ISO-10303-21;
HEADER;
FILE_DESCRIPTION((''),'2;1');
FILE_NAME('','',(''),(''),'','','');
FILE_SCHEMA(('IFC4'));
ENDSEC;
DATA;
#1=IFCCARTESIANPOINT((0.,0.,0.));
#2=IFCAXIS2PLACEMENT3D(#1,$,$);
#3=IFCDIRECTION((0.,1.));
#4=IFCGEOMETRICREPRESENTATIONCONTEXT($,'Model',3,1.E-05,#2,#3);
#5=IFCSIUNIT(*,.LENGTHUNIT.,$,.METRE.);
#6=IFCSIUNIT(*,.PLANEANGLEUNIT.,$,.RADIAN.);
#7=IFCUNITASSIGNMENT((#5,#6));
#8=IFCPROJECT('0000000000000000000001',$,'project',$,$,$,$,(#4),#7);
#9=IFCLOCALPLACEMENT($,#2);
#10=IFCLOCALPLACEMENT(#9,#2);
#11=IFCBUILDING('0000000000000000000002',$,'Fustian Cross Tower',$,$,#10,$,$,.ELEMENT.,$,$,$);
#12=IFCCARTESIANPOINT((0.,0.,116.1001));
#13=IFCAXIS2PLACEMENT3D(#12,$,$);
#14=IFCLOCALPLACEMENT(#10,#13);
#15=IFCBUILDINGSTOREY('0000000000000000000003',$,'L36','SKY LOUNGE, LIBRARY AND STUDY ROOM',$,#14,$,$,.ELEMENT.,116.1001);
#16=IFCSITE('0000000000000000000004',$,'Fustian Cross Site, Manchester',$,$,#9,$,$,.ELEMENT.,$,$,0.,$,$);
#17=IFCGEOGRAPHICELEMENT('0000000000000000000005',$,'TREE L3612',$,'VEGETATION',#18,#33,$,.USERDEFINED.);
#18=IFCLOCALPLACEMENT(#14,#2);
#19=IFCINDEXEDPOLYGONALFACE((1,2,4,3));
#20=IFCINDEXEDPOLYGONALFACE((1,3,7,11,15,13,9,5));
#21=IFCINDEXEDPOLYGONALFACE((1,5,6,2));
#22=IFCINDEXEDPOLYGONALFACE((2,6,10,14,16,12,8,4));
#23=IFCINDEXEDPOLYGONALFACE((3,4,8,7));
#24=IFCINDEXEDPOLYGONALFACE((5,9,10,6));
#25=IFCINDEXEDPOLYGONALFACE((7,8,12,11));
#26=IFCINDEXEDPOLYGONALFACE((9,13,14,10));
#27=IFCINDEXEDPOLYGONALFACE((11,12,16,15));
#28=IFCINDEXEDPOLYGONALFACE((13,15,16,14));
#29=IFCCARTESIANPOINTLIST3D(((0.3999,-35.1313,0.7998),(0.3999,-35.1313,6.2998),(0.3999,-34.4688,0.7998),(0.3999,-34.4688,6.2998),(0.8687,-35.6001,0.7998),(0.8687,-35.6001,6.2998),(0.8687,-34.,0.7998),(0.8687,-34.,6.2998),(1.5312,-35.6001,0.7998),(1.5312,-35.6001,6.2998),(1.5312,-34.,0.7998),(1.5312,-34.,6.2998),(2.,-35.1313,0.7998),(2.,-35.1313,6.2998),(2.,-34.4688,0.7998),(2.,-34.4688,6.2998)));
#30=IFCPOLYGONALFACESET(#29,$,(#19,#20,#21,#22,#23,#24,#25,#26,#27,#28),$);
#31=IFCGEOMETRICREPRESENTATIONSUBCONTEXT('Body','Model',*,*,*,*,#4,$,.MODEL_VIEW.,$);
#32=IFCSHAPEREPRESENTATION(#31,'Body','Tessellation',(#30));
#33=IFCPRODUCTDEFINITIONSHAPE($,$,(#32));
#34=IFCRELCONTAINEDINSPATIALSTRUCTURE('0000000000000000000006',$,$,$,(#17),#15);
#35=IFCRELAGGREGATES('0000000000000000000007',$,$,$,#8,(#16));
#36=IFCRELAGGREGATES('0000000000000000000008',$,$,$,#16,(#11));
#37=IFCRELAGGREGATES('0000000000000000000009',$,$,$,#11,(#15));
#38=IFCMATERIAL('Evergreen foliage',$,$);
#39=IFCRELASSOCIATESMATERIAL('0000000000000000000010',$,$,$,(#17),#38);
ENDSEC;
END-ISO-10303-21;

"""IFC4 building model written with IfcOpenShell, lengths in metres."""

from ifc_helpers import new_model, si_unit, direction, frame, origin, place, context, subcontext, project, spatial, polyline, outline, extrude, material, element, save


model = new_model("IFC4")

# Units and contexts
model_context = context("Model", 3, precision=1e-05, world=origin(), true_north=direction((0.0, 1.0)))
body_context = subcontext(model_context, "Body", "Model", "MODEL_VIEW")
ifc_project = project(units=[si_unit("LENGTHUNIT", "METRE"), si_unit("PLANEANGLEUNIT", "RADIAN")], contexts=[model_context])

# Site, building, storey
site_placement = place(None, origin())
site = spatial("IfcSite", under=ifc_project, at=site_placement, Name="Fustian Cross Site, Manchester", CompositionType="ELEMENT", RefElevation=0.0)
building_placement = place(site_placement, origin())
building = spatial("IfcBuilding", under=site, at=building_placement, Name="Fustian Cross Tower", CompositionType="ELEMENT")
storey_placement = place(building_placement, frame((0.0, 0.0, 116.1001)))
storey = spatial("IfcBuildingStorey", under=building, at=storey_placement, Name="L36", Description="SKY LOUNGE, LIBRARY AND STUDY ROOM", CompositionType="ELEMENT", Elevation=116.1001)

# Geographic element
ifc_material_1 = material(Name="Evergreen foliage")
geographic_element_1_placement = place(storey_placement, frame((0.0, 0.0, 0.7998)))
element("IfcGeographicElement", 1, at=geographic_element_1_placement, inside=storey, material=ifc_material_1, Name="TREE L3612", ObjectType="VEGETATION", PredefinedType="USERDEFINED", context=body_context, shape_type="SweptSolid", body=[
    extrude(outline(polyline([(2.0, -34.4688), (1.5312, -34.0), (0.8687, -34.0), (0.3999, -34.4688), (0.3999, -35.1313), (0.8687, -35.6001), (1.5312, -35.6001), (2.0, -35.1313), (2.0, -34.4688)])), origin(), (0.0, 0.0, 1.0), 5.5),
])

save(model, "model.ifc")
